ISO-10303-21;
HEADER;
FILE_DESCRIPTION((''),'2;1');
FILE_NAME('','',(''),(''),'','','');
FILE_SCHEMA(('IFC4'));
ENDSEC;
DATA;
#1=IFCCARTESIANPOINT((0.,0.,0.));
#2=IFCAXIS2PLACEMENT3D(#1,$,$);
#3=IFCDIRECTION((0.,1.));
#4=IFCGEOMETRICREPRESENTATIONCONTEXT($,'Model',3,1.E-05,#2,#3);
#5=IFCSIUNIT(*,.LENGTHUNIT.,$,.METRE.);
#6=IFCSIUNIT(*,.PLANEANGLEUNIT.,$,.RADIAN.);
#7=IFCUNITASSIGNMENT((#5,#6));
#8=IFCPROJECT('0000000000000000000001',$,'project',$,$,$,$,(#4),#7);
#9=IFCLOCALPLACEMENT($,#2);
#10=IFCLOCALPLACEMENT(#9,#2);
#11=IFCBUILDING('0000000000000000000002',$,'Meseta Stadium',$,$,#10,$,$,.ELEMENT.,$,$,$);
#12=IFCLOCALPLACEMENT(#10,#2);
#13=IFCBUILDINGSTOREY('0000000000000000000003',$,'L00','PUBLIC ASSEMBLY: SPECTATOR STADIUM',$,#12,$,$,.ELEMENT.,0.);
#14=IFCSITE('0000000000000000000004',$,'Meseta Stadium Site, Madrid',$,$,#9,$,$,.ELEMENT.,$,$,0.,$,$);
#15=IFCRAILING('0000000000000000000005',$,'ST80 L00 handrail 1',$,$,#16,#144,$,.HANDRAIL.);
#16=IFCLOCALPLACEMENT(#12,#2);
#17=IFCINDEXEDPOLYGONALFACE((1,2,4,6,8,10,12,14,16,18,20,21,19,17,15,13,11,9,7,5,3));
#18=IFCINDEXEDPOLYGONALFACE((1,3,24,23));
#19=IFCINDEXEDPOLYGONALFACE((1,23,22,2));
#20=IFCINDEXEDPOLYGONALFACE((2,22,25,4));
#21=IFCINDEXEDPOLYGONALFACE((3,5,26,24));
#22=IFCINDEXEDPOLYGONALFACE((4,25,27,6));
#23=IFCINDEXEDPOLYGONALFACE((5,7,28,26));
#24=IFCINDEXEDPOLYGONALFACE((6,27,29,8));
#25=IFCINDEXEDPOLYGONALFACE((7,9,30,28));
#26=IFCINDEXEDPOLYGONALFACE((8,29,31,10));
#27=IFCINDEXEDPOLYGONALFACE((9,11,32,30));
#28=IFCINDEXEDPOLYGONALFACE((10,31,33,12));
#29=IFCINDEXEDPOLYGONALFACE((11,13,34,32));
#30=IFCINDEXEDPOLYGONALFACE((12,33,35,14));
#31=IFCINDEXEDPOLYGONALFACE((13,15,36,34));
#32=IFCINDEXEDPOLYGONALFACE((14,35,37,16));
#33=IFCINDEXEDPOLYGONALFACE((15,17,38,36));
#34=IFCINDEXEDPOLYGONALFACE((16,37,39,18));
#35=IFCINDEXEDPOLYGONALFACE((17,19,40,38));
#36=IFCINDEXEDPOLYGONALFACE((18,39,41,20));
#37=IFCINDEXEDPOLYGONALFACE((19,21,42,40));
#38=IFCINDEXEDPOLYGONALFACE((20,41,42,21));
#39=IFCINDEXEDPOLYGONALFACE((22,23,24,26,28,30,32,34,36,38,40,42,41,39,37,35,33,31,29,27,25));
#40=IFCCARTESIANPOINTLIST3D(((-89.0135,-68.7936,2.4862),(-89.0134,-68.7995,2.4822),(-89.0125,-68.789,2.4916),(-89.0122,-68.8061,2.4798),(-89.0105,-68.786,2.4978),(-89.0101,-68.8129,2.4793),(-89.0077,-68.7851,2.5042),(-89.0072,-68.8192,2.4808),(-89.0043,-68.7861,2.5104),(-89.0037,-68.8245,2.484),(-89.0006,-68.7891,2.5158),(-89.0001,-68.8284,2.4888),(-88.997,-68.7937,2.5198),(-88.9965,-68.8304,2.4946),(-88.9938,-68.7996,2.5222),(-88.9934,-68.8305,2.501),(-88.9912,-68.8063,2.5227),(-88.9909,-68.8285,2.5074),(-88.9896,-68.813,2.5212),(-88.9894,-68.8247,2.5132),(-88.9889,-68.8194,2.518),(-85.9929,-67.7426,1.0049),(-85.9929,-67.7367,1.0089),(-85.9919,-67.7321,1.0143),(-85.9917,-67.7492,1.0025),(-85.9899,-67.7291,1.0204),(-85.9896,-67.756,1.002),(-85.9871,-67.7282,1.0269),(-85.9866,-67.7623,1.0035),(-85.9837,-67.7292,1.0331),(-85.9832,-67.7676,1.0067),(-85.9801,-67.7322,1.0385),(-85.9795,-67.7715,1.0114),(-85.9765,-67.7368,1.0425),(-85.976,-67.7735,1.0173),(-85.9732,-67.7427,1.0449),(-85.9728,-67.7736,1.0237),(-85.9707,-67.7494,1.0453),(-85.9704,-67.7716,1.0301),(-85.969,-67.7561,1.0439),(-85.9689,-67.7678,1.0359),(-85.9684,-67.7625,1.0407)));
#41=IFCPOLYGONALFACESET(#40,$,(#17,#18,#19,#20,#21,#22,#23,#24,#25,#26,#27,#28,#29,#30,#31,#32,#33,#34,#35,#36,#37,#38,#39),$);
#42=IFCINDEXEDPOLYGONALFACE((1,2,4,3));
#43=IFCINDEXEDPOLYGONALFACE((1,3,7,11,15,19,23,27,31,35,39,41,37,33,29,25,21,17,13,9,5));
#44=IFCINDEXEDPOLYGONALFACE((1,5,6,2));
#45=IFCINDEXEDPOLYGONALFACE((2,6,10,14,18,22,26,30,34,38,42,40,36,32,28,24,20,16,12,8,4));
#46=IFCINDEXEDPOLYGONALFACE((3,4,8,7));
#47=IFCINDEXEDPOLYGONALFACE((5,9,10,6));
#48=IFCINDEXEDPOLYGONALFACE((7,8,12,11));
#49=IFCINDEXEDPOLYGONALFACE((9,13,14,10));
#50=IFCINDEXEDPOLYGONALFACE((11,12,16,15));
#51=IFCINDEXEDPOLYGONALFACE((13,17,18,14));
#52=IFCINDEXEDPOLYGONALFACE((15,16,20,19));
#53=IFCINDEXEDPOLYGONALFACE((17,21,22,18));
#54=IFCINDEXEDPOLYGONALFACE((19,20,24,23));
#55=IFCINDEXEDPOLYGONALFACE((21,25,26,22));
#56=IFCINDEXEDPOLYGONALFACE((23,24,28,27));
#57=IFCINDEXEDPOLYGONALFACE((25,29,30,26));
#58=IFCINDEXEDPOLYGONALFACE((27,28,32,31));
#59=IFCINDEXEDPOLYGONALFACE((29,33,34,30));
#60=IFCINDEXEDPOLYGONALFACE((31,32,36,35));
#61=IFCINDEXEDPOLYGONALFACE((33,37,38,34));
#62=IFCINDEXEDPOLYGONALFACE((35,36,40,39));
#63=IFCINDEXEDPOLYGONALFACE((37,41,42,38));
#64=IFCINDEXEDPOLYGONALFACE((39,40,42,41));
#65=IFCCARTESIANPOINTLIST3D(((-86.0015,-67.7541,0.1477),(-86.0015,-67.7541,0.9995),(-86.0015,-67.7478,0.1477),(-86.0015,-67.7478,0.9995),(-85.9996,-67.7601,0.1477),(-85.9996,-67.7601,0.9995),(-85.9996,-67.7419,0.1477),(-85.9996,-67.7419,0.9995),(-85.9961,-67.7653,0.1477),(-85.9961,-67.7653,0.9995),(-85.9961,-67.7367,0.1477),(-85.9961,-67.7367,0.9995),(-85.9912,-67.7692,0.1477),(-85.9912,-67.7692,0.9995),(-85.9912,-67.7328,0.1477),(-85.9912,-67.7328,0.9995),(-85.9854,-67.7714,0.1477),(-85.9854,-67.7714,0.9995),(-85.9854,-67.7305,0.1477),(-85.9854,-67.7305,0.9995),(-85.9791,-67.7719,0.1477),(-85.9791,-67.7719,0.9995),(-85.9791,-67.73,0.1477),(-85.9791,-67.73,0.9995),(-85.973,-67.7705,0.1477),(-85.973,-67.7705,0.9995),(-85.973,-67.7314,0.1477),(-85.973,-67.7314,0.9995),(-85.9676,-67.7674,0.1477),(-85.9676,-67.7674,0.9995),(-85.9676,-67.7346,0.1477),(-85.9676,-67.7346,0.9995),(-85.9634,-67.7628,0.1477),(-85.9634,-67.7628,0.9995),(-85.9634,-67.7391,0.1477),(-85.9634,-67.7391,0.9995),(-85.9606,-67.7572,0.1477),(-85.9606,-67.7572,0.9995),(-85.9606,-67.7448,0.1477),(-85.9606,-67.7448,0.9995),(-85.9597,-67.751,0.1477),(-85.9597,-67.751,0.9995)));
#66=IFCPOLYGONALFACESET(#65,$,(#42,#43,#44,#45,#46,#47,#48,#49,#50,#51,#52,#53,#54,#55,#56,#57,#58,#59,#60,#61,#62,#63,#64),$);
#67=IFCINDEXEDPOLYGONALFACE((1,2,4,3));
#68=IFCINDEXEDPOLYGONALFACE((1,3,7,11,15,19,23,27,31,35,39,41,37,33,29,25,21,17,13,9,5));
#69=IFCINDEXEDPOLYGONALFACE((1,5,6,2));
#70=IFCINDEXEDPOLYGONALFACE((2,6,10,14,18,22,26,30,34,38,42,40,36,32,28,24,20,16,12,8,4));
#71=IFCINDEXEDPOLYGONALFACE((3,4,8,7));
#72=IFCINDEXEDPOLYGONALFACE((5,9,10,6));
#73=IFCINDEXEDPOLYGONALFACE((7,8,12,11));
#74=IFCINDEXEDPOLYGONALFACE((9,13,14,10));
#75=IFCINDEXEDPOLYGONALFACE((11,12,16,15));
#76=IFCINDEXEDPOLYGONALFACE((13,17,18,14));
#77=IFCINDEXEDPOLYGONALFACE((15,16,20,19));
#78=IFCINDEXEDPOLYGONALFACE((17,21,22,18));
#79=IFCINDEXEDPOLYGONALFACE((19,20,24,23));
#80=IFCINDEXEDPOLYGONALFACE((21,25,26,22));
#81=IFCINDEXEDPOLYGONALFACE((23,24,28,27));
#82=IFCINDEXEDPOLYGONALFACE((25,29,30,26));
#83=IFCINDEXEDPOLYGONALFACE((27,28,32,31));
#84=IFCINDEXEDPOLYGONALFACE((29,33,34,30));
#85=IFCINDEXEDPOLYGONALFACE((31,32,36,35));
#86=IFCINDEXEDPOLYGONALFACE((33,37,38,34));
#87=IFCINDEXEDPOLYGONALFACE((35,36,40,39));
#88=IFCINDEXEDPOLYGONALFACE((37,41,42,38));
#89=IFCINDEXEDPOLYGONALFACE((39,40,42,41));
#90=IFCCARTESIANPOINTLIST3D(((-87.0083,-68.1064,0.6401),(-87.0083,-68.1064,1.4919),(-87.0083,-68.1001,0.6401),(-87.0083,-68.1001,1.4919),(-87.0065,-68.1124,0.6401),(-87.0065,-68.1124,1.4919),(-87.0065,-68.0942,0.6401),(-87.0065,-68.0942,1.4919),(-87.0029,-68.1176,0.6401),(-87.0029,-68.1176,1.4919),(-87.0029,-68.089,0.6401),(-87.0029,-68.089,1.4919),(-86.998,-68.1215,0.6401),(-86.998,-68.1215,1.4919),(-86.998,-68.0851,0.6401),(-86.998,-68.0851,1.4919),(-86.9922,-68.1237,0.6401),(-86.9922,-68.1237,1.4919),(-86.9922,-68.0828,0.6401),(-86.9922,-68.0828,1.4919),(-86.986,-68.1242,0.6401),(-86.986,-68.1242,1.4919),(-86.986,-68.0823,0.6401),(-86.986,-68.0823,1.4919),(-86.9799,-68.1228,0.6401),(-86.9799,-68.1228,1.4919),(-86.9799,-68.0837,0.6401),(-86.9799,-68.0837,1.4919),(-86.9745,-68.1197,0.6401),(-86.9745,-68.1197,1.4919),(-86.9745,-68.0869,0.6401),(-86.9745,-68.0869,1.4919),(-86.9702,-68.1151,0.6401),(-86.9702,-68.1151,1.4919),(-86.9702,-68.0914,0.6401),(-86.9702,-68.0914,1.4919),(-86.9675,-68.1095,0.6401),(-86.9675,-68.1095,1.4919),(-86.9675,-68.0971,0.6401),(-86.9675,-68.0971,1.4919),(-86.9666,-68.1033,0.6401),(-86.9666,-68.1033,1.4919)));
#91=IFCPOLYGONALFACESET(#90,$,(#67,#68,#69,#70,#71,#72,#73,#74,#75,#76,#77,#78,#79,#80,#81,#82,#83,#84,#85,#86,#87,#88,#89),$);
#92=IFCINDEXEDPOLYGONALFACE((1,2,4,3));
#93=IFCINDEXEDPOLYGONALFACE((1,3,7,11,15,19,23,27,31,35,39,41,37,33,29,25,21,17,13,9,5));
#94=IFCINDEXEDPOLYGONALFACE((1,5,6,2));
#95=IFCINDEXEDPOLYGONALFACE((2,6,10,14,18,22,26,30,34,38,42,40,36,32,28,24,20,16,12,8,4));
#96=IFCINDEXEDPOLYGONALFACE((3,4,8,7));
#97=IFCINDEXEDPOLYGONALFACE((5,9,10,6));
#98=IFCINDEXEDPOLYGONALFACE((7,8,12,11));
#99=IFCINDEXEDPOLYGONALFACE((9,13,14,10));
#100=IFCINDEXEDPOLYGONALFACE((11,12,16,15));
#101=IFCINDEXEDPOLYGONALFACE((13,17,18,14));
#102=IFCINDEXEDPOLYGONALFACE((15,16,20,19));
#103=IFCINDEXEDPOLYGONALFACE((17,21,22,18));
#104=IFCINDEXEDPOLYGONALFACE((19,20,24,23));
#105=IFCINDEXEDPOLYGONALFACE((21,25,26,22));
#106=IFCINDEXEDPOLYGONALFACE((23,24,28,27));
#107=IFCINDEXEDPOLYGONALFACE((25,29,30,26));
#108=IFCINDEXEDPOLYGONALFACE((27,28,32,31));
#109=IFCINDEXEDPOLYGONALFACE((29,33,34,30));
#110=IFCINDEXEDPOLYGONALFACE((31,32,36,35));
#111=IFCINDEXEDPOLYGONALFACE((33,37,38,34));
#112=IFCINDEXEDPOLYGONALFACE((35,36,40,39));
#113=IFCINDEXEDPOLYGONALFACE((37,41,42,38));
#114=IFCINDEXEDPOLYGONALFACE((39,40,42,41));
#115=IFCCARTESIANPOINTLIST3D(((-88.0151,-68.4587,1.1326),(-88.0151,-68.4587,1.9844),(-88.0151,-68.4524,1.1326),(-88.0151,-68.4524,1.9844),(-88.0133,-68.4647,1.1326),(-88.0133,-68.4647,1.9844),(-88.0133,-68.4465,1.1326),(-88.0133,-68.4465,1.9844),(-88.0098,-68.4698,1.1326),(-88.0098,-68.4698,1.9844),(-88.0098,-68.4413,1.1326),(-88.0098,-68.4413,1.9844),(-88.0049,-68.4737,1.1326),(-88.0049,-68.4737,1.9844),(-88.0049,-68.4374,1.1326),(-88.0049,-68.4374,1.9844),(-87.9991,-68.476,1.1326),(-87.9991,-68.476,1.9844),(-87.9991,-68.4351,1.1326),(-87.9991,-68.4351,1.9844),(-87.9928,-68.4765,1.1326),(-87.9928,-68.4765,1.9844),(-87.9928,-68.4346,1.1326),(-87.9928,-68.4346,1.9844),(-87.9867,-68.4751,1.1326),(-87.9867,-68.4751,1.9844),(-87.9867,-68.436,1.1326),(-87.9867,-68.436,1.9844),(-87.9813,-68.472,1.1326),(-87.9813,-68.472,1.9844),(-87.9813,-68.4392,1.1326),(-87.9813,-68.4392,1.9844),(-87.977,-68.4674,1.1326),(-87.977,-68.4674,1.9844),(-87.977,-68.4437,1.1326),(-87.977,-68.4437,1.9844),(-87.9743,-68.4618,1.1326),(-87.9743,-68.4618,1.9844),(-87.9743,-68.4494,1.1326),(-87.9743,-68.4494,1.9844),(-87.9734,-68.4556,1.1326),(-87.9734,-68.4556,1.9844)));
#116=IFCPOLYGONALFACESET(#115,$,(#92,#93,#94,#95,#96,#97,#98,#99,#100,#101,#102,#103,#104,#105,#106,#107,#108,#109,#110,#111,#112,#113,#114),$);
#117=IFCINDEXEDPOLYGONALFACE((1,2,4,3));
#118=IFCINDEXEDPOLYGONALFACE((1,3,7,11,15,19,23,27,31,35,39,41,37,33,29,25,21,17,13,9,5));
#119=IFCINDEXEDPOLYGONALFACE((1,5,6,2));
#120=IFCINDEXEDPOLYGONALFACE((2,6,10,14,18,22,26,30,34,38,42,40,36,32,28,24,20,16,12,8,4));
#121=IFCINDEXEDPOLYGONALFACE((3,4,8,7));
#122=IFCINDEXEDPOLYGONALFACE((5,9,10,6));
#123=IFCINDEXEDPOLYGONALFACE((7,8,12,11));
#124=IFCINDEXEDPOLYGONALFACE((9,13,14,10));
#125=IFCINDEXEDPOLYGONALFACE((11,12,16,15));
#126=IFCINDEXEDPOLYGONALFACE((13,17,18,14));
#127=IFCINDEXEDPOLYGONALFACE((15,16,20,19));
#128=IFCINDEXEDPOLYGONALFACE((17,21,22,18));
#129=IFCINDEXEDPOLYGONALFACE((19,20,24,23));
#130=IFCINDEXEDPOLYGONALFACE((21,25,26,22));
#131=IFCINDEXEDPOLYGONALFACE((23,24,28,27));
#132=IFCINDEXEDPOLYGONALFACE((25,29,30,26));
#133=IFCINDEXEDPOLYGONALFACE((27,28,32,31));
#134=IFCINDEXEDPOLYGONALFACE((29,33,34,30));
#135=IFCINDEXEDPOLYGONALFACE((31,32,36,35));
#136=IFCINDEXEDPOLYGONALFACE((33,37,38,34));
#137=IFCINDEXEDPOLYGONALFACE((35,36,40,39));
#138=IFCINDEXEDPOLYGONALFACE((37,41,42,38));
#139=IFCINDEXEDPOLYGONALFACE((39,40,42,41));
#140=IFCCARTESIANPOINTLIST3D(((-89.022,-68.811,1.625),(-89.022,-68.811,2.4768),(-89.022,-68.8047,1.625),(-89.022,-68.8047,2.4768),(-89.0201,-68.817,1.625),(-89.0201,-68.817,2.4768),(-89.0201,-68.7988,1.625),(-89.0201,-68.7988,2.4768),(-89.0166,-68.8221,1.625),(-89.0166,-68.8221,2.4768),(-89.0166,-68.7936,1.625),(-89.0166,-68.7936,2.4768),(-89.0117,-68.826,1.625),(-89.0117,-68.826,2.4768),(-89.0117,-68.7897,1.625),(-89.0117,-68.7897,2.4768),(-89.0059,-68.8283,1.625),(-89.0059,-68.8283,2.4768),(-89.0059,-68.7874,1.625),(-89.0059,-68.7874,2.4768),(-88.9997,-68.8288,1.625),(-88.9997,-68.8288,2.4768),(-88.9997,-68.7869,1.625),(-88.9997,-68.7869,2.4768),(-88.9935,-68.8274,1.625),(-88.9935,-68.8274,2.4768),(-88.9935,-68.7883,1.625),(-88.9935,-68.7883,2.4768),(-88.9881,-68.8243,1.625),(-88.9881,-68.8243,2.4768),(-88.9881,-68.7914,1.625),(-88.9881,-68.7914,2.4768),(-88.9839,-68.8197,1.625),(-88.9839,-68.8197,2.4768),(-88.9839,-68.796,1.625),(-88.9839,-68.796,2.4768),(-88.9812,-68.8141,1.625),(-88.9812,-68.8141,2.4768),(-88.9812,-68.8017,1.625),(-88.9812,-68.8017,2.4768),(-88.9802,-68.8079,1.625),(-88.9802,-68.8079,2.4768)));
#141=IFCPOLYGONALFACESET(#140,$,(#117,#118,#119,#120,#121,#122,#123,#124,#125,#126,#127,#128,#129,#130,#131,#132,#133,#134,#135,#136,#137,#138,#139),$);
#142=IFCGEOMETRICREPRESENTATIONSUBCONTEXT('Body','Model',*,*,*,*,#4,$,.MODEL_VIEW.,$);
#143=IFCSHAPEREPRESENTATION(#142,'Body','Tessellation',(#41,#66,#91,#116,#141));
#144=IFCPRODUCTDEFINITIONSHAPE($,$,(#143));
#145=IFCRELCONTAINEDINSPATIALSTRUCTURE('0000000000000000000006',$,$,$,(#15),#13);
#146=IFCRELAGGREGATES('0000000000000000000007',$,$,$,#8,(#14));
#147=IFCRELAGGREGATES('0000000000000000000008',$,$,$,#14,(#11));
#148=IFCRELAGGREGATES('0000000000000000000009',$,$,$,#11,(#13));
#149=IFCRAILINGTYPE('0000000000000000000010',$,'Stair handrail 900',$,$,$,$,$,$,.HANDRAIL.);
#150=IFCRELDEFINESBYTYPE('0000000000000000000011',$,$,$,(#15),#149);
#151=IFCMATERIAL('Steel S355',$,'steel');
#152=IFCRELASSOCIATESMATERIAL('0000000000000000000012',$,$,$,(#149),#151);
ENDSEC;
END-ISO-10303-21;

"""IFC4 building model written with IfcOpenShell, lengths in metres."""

from ifc_helpers import new_model, si_unit, direction, frame, origin, origin_2d, place, context, subcontext, project, spatial, circle, extrude, material, type_object, element, save


model = new_model("IFC4")

# Units and contexts
model_context = context("Model", 3, precision=1e-05, world=origin(), true_north=direction((0.0, 1.0)))
body_context = subcontext(model_context, "Body", "Model", "MODEL_VIEW")
ifc_project = project(units=[si_unit("LENGTHUNIT", "METRE"), si_unit("PLANEANGLEUNIT", "RADIAN")], contexts=[model_context])

# Site, building, storey
site_placement = place(None, origin())
site = spatial("IfcSite", under=ifc_project, at=site_placement, Name="Meseta Stadium Site, Madrid", CompositionType="ELEMENT", RefElevation=0.0)
building_placement = place(site_placement, origin())
building = spatial("IfcBuilding", under=site, at=building_placement, Name="Meseta Stadium", CompositionType="ELEMENT")
storey_placement = place(building_placement, origin())
storey = spatial("IfcBuildingStorey", under=building, at=storey_placement, Name="L00", Description="PUBLIC ASSEMBLY: SPECTATOR STADIUM", CompositionType="ELEMENT", Elevation=0.0)

# Railing
ifc_material_1 = material(Name="Steel S355", Category="steel")
railing_type_1 = type_object("IfcRailingType", Name="Stair handrail 900", PredefinedType="HANDRAIL", material=ifc_material_1)
railing_1_placement = place(storey_placement, frame((-85.9807, -67.751, 0.1477)))
element("IfcRailing", 1, at=railing_1_placement, inside=storey, type_object=railing_type_1, Name="ST80 L00 handrail 1", PredefinedType="HANDRAIL", context=body_context, shape_type="SweptSolid", body=[
    extrude(circle(Radius=0.0239, at=origin_2d()), frame((0.0, 0.0, 0.876), z_axis=(-0.856977, -0.299859, 0.419137), x_axis=(0.330269, -0.943887, 0.0)), (0.0, 0.0, 1.0), 3.5247),
    extrude(circle(Radius=0.021, at=origin_2d()), origin(), (0.0, 0.0, 1.0), 0.8518),
    extrude(circle(Radius=0.021, at=origin_2d()), frame((-1.0068, -0.3523, 0.4924)), (0.0, 0.0, 1.0), 0.8518),
    extrude(circle(Radius=0.021, at=origin_2d()), frame((-2.0137, -0.7046, 0.9849)), (0.0, 0.0, 1.0), 0.8518),
    extrude(circle(Radius=0.021, at=origin_2d()), frame((-3.0205, -1.0569, 1.4773)), (0.0, 0.0, 1.0), 0.8518),
])

save(model, "model.ifc")
